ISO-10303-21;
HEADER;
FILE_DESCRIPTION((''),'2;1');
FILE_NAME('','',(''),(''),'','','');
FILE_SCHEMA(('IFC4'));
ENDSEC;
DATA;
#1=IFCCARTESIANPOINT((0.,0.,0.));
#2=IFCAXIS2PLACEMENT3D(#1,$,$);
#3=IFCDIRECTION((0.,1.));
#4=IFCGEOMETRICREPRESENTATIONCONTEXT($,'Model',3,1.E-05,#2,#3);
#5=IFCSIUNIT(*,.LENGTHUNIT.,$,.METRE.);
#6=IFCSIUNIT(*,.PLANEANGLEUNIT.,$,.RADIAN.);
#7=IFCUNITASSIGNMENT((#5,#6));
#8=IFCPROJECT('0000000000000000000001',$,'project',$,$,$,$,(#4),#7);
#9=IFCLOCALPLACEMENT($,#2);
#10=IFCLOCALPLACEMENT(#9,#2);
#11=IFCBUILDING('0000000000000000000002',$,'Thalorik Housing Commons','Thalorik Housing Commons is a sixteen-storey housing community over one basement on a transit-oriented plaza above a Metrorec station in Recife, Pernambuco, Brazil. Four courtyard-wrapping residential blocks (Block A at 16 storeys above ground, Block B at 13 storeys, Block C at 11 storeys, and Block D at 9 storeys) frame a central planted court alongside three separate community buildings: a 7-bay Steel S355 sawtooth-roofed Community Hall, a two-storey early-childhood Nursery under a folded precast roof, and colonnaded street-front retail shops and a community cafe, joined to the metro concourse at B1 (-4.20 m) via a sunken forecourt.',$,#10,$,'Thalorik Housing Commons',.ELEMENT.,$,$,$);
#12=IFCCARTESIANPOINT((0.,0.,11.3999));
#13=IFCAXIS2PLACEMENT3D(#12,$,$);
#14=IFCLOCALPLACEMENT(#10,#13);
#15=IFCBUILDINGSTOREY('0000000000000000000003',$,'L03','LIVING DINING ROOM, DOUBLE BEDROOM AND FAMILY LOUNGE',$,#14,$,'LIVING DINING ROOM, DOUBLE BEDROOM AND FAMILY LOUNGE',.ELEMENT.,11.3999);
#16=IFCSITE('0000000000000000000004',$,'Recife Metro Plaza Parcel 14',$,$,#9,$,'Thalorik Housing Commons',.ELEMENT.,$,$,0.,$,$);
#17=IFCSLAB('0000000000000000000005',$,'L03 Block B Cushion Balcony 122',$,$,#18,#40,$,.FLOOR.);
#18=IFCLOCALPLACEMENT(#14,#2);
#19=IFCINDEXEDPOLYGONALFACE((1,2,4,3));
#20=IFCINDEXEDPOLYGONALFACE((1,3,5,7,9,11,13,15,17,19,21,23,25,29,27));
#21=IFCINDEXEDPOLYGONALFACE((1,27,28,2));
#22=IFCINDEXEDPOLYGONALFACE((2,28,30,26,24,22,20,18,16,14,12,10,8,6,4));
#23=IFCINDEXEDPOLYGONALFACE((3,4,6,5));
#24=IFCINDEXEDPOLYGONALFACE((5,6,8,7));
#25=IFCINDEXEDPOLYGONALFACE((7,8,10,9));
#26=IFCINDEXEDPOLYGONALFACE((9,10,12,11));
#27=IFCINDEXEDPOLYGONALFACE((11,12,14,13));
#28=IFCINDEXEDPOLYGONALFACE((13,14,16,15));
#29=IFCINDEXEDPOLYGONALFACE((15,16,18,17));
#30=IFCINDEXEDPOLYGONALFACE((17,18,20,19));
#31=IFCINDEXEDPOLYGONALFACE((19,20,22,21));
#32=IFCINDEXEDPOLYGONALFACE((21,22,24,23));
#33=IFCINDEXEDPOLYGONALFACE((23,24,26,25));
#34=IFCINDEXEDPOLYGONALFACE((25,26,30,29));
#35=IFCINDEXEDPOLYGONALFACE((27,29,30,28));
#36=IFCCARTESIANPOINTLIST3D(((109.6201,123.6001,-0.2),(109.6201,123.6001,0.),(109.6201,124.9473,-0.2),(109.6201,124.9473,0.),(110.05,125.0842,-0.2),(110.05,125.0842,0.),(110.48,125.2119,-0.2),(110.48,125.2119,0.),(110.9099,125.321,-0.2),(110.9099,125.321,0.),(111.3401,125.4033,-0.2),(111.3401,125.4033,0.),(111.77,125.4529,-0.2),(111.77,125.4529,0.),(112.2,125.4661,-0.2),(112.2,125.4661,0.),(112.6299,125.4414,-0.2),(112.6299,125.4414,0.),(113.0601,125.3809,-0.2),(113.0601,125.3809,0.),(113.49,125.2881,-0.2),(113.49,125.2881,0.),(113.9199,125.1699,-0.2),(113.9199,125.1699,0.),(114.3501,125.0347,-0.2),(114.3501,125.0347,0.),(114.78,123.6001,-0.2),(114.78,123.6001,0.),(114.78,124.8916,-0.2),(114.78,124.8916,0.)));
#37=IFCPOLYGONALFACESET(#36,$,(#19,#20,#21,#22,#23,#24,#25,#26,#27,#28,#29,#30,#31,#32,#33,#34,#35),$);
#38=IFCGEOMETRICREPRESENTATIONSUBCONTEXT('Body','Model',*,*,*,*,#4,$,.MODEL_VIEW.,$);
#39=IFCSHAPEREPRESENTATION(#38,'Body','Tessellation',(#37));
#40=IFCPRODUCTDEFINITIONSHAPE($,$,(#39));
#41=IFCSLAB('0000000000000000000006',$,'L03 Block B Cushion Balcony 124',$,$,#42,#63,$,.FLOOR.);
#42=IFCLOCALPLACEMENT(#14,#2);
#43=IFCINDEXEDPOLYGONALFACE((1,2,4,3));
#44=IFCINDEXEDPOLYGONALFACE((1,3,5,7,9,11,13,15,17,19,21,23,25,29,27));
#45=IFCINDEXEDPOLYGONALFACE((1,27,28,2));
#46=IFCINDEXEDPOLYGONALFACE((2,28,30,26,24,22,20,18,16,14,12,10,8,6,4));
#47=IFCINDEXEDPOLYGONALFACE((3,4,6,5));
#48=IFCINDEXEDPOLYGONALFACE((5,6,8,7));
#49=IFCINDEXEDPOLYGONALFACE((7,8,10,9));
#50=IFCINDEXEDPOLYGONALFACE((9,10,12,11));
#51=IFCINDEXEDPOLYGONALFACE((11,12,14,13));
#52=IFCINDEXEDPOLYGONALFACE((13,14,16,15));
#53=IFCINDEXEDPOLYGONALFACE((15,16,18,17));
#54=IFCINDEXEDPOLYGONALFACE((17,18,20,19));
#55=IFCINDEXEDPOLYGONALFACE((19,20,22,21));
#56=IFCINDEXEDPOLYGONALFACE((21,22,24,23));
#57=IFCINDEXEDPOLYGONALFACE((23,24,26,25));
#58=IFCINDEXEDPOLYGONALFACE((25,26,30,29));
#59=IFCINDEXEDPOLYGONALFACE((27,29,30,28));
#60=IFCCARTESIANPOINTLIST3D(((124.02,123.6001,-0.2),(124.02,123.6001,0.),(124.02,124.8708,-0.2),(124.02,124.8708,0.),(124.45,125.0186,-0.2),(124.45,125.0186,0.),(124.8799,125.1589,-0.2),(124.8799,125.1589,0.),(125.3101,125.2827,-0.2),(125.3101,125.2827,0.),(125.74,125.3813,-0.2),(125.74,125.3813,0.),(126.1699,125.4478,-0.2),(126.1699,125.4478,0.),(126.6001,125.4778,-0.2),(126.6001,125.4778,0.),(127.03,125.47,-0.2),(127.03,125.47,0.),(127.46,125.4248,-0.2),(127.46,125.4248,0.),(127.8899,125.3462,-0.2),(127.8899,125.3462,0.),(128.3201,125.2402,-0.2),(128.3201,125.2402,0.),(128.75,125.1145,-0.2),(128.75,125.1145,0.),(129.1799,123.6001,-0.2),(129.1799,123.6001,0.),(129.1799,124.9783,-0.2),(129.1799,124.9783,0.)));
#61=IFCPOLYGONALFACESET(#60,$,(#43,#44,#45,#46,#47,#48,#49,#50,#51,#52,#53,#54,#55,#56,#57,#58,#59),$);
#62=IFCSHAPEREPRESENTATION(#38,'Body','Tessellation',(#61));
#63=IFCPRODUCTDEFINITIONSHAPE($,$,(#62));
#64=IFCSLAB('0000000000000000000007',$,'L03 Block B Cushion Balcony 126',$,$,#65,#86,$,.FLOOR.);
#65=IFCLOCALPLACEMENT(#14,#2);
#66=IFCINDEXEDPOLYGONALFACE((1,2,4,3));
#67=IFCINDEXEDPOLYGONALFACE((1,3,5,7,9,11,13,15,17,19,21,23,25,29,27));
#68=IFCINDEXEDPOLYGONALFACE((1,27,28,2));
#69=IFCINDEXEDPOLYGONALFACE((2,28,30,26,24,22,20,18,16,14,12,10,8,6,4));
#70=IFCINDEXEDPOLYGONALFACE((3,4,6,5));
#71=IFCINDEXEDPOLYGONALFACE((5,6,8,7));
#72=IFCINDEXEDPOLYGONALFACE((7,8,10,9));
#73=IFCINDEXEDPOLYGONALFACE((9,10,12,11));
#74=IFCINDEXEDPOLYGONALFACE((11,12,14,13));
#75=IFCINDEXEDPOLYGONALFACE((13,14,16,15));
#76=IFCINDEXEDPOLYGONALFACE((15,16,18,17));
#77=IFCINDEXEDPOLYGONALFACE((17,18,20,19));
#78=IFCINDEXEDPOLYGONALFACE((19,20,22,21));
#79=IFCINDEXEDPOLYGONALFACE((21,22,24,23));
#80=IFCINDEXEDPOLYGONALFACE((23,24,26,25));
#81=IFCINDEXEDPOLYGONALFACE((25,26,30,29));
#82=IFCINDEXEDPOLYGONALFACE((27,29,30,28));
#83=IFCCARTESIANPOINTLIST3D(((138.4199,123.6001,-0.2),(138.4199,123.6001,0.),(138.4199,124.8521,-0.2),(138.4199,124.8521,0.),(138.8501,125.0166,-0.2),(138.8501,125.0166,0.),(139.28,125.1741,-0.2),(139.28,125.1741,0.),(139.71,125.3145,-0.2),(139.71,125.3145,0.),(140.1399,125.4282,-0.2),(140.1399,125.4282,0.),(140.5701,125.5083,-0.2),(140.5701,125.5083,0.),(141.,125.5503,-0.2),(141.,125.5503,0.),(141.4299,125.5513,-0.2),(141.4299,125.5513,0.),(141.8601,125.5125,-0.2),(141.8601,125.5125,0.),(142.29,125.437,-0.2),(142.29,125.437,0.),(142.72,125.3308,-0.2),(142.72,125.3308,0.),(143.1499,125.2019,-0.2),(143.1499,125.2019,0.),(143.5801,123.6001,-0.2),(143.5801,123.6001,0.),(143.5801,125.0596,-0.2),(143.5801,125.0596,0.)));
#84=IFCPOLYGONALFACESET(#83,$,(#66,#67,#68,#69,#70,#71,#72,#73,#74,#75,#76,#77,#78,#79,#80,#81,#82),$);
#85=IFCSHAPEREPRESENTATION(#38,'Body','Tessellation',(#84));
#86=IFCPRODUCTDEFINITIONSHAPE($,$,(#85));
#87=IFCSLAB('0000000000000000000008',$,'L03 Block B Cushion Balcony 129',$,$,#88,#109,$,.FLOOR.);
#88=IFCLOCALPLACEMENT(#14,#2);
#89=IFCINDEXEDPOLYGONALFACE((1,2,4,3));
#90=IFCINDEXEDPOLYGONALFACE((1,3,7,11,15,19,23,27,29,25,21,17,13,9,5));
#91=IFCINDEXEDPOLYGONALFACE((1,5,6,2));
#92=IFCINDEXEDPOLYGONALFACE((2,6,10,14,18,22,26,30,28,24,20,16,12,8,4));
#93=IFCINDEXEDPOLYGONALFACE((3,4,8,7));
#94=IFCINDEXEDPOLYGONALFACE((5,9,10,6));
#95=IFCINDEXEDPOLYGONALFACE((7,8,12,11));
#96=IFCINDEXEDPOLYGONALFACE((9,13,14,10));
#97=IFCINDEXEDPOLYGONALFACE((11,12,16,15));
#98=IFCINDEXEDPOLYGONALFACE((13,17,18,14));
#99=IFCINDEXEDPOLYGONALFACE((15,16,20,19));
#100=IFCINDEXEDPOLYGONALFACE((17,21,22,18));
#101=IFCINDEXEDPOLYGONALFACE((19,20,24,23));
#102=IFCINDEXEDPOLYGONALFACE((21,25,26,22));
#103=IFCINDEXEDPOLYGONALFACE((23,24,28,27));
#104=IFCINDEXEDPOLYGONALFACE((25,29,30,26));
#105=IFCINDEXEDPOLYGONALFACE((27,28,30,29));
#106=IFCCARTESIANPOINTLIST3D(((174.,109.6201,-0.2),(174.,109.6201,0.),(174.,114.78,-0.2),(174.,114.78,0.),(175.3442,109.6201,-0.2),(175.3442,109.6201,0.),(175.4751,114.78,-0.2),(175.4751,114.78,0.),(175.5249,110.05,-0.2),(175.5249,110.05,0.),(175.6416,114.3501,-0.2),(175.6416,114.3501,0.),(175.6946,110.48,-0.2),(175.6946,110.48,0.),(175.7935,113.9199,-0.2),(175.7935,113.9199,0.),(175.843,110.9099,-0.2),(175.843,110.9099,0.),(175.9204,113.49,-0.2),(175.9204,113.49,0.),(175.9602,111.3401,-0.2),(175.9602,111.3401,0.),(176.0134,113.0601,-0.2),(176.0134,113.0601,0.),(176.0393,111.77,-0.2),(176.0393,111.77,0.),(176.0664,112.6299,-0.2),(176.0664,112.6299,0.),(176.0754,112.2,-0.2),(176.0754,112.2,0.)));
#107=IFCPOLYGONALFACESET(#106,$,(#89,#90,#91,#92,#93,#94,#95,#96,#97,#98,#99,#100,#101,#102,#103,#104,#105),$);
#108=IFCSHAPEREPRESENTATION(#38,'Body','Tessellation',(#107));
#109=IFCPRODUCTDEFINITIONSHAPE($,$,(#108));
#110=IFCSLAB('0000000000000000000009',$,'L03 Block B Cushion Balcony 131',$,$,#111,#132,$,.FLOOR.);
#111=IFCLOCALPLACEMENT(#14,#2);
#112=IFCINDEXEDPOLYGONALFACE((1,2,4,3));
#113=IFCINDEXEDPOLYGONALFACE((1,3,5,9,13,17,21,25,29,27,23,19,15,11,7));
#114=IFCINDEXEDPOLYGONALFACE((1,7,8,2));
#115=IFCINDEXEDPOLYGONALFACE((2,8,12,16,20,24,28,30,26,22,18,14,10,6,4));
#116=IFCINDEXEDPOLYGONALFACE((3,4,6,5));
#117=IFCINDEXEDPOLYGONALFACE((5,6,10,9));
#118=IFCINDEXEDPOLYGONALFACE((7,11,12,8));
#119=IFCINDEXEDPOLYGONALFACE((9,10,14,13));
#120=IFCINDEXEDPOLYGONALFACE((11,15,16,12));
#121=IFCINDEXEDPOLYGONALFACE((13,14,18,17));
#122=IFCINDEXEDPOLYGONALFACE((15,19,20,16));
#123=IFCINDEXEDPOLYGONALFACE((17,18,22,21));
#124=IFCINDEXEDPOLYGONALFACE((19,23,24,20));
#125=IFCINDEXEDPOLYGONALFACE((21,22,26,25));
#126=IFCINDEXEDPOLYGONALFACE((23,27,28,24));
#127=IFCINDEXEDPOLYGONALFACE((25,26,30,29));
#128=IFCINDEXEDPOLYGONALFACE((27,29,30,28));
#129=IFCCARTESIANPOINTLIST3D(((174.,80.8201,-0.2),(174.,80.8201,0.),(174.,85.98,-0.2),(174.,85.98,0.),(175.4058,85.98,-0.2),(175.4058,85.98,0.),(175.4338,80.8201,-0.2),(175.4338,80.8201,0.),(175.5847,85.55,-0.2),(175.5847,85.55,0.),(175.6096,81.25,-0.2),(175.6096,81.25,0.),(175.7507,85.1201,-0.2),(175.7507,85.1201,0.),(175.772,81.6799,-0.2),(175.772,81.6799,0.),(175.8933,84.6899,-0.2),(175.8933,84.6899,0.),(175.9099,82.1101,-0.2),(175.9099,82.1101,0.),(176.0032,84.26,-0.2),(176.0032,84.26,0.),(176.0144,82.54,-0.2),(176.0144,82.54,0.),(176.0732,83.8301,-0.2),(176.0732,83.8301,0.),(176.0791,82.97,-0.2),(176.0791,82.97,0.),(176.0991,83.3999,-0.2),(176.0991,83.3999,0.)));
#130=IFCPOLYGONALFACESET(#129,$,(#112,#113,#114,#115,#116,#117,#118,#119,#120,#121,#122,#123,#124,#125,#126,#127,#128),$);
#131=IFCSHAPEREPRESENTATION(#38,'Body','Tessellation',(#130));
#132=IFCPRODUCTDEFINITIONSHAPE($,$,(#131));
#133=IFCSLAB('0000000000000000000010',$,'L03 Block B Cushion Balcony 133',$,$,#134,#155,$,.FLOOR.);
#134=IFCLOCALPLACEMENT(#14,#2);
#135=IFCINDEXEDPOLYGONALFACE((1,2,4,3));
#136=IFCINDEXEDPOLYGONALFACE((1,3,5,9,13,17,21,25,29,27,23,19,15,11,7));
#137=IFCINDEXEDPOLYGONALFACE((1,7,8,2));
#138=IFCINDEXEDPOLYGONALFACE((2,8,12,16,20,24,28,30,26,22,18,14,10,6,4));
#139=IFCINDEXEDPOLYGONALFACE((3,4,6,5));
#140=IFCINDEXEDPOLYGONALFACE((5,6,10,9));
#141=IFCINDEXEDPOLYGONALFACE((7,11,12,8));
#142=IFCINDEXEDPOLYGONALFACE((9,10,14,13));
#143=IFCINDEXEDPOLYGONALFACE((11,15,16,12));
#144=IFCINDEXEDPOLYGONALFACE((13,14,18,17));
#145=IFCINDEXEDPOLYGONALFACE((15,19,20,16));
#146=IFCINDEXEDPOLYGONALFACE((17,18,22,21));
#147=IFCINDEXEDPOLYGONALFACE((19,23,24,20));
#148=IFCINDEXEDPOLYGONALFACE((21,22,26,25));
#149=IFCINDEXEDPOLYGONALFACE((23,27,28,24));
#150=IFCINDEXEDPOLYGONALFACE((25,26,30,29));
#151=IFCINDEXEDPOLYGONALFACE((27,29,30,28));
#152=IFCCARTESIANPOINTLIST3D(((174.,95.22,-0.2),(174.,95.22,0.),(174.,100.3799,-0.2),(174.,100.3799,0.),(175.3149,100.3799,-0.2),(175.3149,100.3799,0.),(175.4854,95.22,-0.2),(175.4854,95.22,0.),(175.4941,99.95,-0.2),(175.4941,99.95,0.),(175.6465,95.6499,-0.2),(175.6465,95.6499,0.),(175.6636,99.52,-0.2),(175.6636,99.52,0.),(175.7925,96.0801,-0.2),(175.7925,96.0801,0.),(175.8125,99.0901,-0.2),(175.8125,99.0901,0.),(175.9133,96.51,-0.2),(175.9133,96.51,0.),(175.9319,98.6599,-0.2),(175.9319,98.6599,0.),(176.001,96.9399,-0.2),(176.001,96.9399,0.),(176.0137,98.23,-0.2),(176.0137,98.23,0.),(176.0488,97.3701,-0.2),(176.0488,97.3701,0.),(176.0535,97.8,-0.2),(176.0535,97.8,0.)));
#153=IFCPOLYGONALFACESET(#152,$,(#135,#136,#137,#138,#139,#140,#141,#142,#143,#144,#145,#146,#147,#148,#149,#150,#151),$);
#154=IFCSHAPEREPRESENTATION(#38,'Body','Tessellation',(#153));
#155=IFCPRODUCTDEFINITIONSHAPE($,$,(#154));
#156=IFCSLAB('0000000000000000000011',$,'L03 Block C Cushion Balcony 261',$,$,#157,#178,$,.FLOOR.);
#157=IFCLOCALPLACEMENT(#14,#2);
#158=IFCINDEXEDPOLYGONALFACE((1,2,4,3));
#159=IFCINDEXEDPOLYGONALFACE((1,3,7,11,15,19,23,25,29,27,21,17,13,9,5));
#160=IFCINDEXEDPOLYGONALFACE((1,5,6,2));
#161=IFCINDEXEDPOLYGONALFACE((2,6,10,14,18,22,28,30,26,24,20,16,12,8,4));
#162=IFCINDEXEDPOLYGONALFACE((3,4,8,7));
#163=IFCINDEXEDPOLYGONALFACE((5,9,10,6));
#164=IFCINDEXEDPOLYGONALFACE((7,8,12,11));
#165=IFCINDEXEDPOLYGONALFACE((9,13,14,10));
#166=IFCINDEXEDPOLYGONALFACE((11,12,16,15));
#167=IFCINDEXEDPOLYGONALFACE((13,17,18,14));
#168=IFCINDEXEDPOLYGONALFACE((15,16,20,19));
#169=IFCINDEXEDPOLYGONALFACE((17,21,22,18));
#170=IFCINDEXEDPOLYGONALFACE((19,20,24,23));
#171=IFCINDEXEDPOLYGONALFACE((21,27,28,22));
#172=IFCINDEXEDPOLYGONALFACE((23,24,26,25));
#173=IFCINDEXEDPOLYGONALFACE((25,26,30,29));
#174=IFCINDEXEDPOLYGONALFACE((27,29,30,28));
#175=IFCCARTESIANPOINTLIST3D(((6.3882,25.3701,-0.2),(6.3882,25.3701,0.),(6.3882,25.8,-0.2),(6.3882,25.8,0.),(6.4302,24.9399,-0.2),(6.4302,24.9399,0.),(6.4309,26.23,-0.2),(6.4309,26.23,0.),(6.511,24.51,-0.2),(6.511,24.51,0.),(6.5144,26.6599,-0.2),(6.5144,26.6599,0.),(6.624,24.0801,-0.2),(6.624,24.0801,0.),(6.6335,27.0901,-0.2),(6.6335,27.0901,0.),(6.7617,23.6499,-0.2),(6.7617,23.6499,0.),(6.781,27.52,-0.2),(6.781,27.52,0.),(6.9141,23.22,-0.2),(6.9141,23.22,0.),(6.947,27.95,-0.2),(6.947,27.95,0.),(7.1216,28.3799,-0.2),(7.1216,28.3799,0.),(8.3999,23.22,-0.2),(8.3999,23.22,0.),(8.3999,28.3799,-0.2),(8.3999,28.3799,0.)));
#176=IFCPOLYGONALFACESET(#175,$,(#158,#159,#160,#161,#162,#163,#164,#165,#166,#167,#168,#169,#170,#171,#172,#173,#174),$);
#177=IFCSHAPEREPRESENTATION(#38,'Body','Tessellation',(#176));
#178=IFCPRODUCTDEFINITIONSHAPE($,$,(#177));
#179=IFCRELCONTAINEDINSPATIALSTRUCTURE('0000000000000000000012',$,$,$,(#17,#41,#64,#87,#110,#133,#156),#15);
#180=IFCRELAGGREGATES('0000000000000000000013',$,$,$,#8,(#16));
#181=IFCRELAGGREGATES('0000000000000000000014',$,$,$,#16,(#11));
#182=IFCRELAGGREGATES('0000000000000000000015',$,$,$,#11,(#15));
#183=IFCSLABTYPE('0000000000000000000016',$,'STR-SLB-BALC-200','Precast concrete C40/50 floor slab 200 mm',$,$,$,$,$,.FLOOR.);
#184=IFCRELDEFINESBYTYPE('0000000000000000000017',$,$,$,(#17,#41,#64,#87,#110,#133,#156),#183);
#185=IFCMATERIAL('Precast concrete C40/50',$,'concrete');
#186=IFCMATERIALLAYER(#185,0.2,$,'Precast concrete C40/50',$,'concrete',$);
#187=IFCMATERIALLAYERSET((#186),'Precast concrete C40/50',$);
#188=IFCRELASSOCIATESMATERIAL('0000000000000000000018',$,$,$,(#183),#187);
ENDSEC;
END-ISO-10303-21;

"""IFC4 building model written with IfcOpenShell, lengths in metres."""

from ifc_helpers import new_model, si_unit, direction, frame, origin, place, context, subcontext, project, spatial, polyline, outline, extrude, material, layer, layer_set, type_object, element, save


model = new_model("IFC4")

# Units and contexts
model_context = context("Model", 3, precision=1e-05, world=origin(), true_north=direction((0.0, 1.0)))
body_context = subcontext(model_context, "Body", "Model", "MODEL_VIEW")
ifc_project = project(units=[si_unit("LENGTHUNIT", "METRE"), si_unit("PLANEANGLEUNIT", "RADIAN")], contexts=[model_context])

# Site, building, storey
site_placement = place(None, origin())
site = spatial("IfcSite", under=ifc_project, at=site_placement, Name="Recife Metro Plaza Parcel 14", LongName="Thalorik Housing Commons", CompositionType="ELEMENT", RefElevation=0.0)
building_placement = place(site_placement, origin())
building = spatial("IfcBuilding", under=site, at=building_placement, Name="Thalorik Housing Commons", Description="Thalorik Housing Commons is a sixteen-storey housing community over one basement on a transit-oriented plaza above a Metrorec station in Recife, Pernambuco, Brazil. Four courtyard-wrapping residential blocks (Block A at 16 storeys above ground, Block B at 13 storeys, Block C at 11 storeys, and Block D at 9 storeys) frame a central planted court alongside three separate community buildings: a 7-bay Steel S355 sawtooth-roofed Community Hall, a two-storey early-childhood Nursery under a folded precast roof, and colonnaded street-front retail shops and a community cafe, joined to the metro concourse at B1 (-4.20 m) via a sunken forecourt.", LongName="Thalorik Housing Commons", CompositionType="ELEMENT")
storey_placement = place(building_placement, frame((0.0, 0.0, 11.3999)))
storey = spatial("IfcBuildingStorey", under=building, at=storey_placement, Name="L03", Description="LIVING DINING ROOM, DOUBLE BEDROOM AND FAMILY LOUNGE", LongName="LIVING DINING ROOM, DOUBLE BEDROOM AND FAMILY LOUNGE", CompositionType="ELEMENT", Elevation=11.3999)

# Slabs
ifc_material_1 = material(Name="Precast concrete C40/50", Category="concrete")
ifc_layer_1 = layer(ifc_material_1, 0.2, Name="Precast concrete C40/50", Category="concrete")
ifc_layer_set_1 = layer_set([ifc_layer_1], Name="Precast concrete C40/50")
slab_type_1 = type_object("IfcSlabType", Name="STR-SLB-BALC-200", Description="Precast concrete C40/50 floor slab 200 mm", PredefinedType="FLOOR", material=ifc_layer_set_1)
slab_1_placement = place(storey_placement, frame((0.0, 0.0, -0.2)))
element("IfcSlab", 1, at=slab_1_placement, inside=storey, type_object=slab_type_1, Name="L03 Block B Cushion Balcony 122", PredefinedType="FLOOR", context=body_context, shape_type="SweptSolid", body=[
    extrude(outline(polyline([(109.6201, 123.6001), (114.78, 123.6001), (114.78, 124.8916), (114.3501, 125.0347), (113.9199, 125.1699), (113.49, 125.2881), (113.0601, 125.3809), (112.6299, 125.4414), (112.2, 125.4661), (111.77, 125.4529), (111.3401, 125.4033), (110.9099, 125.321), (110.48, 125.2119), (110.05, 125.0842), (109.6201, 124.9473), (109.6201, 123.6001)])), origin(), (0.0, 0.0, 1.0), 0.2),
])
slab_2_placement = place(storey_placement, frame((0.0, 0.0, -0.2)))
element("IfcSlab", 2, at=slab_2_placement, inside=storey, type_object=slab_type_1, Name="L03 Block B Cushion Balcony 124", PredefinedType="FLOOR", context=body_context, shape_type="SweptSolid", body=[
    extrude(outline(polyline([(124.02, 123.6001), (129.1799, 123.6001), (129.1799, 124.9783), (128.75, 125.1145), (128.3201, 125.2402), (127.8899, 125.3462), (127.46, 125.4248), (127.03, 125.47), (126.6001, 125.4778), (126.1699, 125.4478), (125.74, 125.3813), (125.3101, 125.2827), (124.8799, 125.1589), (124.45, 125.0186), (124.02, 124.8708), (124.02, 123.6001)])), origin(), (0.0, 0.0, 1.0), 0.2),
])
slab_3_placement = place(storey_placement, frame((0.0, 0.0, -0.2)))
element("IfcSlab", 3, at=slab_3_placement, inside=storey, type_object=slab_type_1, Name="L03 Block B Cushion Balcony 126", PredefinedType="FLOOR", context=body_context, shape_type="SweptSolid", body=[
    extrude(outline(polyline([(138.4199, 123.6001), (143.5801, 123.6001), (143.5801, 125.0596), (143.1499, 125.2019), (142.72, 125.3308), (142.29, 125.437), (141.8601, 125.5125), (141.4299, 125.5513), (141.0, 125.5503), (140.5701, 125.5083), (140.1399, 125.4282), (139.71, 125.3145), (139.28, 125.1741), (138.8501, 125.0166), (138.4199, 124.8521), (138.4199, 123.6001)])), origin(), (0.0, 0.0, 1.0), 0.2),
])
slab_4_placement = place(storey_placement, frame((0.0, 0.0, -0.2)))
element("IfcSlab", 4, at=slab_4_placement, inside=storey, type_object=slab_type_1, Name="L03 Block B Cushion Balcony 129", PredefinedType="FLOOR", context=body_context, shape_type="SweptSolid", body=[
    extrude(outline(polyline([(175.3442, 109.6201), (175.5249, 110.05), (175.6946, 110.48), (175.843, 110.9099), (175.9602, 111.3401), (176.0393, 111.77), (176.0754, 112.2), (176.0664, 112.6299), (176.0134, 113.0601), (175.9204, 113.49), (175.7935, 113.9199), (175.6416, 114.3501), (175.4751, 114.78), (174.0, 114.78), (174.0, 109.6201), (175.3442, 109.6201)])), origin(), (0.0, 0.0, 1.0), 0.2),
])
slab_5_placement = place(storey_placement, frame((0.0, 0.0, -0.2)))
element("IfcSlab", 5, at=slab_5_placement, inside=storey, type_object=slab_type_1, Name="L03 Block B Cushion Balcony 131", PredefinedType="FLOOR", context=body_context, shape_type="SweptSolid", body=[
    extrude(outline(polyline([(175.4338, 80.8201), (175.6096, 81.25), (175.772, 81.6799), (175.9099, 82.1101), (176.0144, 82.54), (176.0791, 82.97), (176.0991, 83.3999), (176.0732, 83.8301), (176.0032, 84.26), (175.8933, 84.6899), (175.7507, 85.1201), (175.5847, 85.55), (175.4058, 85.98), (174.0, 85.98), (174.0, 80.8201), (175.4338, 80.8201)])), origin(), (0.0, 0.0, 1.0), 0.2),
])
slab_6_placement = place(storey_placement, frame((0.0, 0.0, -0.2)))
element("IfcSlab", 6, at=slab_6_placement, inside=storey, type_object=slab_type_1, Name="L03 Block B Cushion Balcony 133", PredefinedType="FLOOR", context=body_context, shape_type="SweptSolid", body=[
    extrude(outline(polyline([(175.4854, 95.22), (175.6465, 95.6499), (175.7925, 96.0801), (175.9133, 96.51), (176.001, 96.9399), (176.0488, 97.3701), (176.0535, 97.8), (176.0137, 98.23), (175.9319, 98.6599), (175.8125, 99.0901), (175.6636, 99.52), (175.4941, 99.95), (175.3149, 100.3799), (174.0, 100.3799), (174.0, 95.22), (175.4854, 95.22)])), origin(), (0.0, 0.0, 1.0), 0.2),
])
slab_7_placement = place(storey_placement, frame((0.0, 0.0, -0.2)))
element("IfcSlab", 7, at=slab_7_placement, inside=storey, type_object=slab_type_1, Name="L03 Block C Cushion Balcony 261", PredefinedType="FLOOR", context=body_context, shape_type="SweptSolid", body=[
    extrude(outline(polyline([(8.3999, 23.22), (8.3999, 28.3799), (7.1216, 28.3799), (6.947, 27.95), (6.781, 27.52), (6.6335, 27.0901), (6.5144, 26.6599), (6.4309, 26.23), (6.3882, 25.8), (6.3882, 25.3701), (6.4302, 24.9399), (6.511, 24.51), (6.624, 24.0801), (6.7617, 23.6499), (6.9141, 23.22), (8.3999, 23.22)])), origin(), (0.0, 0.0, 1.0), 0.2),
])

save(model, "model.ifc")
